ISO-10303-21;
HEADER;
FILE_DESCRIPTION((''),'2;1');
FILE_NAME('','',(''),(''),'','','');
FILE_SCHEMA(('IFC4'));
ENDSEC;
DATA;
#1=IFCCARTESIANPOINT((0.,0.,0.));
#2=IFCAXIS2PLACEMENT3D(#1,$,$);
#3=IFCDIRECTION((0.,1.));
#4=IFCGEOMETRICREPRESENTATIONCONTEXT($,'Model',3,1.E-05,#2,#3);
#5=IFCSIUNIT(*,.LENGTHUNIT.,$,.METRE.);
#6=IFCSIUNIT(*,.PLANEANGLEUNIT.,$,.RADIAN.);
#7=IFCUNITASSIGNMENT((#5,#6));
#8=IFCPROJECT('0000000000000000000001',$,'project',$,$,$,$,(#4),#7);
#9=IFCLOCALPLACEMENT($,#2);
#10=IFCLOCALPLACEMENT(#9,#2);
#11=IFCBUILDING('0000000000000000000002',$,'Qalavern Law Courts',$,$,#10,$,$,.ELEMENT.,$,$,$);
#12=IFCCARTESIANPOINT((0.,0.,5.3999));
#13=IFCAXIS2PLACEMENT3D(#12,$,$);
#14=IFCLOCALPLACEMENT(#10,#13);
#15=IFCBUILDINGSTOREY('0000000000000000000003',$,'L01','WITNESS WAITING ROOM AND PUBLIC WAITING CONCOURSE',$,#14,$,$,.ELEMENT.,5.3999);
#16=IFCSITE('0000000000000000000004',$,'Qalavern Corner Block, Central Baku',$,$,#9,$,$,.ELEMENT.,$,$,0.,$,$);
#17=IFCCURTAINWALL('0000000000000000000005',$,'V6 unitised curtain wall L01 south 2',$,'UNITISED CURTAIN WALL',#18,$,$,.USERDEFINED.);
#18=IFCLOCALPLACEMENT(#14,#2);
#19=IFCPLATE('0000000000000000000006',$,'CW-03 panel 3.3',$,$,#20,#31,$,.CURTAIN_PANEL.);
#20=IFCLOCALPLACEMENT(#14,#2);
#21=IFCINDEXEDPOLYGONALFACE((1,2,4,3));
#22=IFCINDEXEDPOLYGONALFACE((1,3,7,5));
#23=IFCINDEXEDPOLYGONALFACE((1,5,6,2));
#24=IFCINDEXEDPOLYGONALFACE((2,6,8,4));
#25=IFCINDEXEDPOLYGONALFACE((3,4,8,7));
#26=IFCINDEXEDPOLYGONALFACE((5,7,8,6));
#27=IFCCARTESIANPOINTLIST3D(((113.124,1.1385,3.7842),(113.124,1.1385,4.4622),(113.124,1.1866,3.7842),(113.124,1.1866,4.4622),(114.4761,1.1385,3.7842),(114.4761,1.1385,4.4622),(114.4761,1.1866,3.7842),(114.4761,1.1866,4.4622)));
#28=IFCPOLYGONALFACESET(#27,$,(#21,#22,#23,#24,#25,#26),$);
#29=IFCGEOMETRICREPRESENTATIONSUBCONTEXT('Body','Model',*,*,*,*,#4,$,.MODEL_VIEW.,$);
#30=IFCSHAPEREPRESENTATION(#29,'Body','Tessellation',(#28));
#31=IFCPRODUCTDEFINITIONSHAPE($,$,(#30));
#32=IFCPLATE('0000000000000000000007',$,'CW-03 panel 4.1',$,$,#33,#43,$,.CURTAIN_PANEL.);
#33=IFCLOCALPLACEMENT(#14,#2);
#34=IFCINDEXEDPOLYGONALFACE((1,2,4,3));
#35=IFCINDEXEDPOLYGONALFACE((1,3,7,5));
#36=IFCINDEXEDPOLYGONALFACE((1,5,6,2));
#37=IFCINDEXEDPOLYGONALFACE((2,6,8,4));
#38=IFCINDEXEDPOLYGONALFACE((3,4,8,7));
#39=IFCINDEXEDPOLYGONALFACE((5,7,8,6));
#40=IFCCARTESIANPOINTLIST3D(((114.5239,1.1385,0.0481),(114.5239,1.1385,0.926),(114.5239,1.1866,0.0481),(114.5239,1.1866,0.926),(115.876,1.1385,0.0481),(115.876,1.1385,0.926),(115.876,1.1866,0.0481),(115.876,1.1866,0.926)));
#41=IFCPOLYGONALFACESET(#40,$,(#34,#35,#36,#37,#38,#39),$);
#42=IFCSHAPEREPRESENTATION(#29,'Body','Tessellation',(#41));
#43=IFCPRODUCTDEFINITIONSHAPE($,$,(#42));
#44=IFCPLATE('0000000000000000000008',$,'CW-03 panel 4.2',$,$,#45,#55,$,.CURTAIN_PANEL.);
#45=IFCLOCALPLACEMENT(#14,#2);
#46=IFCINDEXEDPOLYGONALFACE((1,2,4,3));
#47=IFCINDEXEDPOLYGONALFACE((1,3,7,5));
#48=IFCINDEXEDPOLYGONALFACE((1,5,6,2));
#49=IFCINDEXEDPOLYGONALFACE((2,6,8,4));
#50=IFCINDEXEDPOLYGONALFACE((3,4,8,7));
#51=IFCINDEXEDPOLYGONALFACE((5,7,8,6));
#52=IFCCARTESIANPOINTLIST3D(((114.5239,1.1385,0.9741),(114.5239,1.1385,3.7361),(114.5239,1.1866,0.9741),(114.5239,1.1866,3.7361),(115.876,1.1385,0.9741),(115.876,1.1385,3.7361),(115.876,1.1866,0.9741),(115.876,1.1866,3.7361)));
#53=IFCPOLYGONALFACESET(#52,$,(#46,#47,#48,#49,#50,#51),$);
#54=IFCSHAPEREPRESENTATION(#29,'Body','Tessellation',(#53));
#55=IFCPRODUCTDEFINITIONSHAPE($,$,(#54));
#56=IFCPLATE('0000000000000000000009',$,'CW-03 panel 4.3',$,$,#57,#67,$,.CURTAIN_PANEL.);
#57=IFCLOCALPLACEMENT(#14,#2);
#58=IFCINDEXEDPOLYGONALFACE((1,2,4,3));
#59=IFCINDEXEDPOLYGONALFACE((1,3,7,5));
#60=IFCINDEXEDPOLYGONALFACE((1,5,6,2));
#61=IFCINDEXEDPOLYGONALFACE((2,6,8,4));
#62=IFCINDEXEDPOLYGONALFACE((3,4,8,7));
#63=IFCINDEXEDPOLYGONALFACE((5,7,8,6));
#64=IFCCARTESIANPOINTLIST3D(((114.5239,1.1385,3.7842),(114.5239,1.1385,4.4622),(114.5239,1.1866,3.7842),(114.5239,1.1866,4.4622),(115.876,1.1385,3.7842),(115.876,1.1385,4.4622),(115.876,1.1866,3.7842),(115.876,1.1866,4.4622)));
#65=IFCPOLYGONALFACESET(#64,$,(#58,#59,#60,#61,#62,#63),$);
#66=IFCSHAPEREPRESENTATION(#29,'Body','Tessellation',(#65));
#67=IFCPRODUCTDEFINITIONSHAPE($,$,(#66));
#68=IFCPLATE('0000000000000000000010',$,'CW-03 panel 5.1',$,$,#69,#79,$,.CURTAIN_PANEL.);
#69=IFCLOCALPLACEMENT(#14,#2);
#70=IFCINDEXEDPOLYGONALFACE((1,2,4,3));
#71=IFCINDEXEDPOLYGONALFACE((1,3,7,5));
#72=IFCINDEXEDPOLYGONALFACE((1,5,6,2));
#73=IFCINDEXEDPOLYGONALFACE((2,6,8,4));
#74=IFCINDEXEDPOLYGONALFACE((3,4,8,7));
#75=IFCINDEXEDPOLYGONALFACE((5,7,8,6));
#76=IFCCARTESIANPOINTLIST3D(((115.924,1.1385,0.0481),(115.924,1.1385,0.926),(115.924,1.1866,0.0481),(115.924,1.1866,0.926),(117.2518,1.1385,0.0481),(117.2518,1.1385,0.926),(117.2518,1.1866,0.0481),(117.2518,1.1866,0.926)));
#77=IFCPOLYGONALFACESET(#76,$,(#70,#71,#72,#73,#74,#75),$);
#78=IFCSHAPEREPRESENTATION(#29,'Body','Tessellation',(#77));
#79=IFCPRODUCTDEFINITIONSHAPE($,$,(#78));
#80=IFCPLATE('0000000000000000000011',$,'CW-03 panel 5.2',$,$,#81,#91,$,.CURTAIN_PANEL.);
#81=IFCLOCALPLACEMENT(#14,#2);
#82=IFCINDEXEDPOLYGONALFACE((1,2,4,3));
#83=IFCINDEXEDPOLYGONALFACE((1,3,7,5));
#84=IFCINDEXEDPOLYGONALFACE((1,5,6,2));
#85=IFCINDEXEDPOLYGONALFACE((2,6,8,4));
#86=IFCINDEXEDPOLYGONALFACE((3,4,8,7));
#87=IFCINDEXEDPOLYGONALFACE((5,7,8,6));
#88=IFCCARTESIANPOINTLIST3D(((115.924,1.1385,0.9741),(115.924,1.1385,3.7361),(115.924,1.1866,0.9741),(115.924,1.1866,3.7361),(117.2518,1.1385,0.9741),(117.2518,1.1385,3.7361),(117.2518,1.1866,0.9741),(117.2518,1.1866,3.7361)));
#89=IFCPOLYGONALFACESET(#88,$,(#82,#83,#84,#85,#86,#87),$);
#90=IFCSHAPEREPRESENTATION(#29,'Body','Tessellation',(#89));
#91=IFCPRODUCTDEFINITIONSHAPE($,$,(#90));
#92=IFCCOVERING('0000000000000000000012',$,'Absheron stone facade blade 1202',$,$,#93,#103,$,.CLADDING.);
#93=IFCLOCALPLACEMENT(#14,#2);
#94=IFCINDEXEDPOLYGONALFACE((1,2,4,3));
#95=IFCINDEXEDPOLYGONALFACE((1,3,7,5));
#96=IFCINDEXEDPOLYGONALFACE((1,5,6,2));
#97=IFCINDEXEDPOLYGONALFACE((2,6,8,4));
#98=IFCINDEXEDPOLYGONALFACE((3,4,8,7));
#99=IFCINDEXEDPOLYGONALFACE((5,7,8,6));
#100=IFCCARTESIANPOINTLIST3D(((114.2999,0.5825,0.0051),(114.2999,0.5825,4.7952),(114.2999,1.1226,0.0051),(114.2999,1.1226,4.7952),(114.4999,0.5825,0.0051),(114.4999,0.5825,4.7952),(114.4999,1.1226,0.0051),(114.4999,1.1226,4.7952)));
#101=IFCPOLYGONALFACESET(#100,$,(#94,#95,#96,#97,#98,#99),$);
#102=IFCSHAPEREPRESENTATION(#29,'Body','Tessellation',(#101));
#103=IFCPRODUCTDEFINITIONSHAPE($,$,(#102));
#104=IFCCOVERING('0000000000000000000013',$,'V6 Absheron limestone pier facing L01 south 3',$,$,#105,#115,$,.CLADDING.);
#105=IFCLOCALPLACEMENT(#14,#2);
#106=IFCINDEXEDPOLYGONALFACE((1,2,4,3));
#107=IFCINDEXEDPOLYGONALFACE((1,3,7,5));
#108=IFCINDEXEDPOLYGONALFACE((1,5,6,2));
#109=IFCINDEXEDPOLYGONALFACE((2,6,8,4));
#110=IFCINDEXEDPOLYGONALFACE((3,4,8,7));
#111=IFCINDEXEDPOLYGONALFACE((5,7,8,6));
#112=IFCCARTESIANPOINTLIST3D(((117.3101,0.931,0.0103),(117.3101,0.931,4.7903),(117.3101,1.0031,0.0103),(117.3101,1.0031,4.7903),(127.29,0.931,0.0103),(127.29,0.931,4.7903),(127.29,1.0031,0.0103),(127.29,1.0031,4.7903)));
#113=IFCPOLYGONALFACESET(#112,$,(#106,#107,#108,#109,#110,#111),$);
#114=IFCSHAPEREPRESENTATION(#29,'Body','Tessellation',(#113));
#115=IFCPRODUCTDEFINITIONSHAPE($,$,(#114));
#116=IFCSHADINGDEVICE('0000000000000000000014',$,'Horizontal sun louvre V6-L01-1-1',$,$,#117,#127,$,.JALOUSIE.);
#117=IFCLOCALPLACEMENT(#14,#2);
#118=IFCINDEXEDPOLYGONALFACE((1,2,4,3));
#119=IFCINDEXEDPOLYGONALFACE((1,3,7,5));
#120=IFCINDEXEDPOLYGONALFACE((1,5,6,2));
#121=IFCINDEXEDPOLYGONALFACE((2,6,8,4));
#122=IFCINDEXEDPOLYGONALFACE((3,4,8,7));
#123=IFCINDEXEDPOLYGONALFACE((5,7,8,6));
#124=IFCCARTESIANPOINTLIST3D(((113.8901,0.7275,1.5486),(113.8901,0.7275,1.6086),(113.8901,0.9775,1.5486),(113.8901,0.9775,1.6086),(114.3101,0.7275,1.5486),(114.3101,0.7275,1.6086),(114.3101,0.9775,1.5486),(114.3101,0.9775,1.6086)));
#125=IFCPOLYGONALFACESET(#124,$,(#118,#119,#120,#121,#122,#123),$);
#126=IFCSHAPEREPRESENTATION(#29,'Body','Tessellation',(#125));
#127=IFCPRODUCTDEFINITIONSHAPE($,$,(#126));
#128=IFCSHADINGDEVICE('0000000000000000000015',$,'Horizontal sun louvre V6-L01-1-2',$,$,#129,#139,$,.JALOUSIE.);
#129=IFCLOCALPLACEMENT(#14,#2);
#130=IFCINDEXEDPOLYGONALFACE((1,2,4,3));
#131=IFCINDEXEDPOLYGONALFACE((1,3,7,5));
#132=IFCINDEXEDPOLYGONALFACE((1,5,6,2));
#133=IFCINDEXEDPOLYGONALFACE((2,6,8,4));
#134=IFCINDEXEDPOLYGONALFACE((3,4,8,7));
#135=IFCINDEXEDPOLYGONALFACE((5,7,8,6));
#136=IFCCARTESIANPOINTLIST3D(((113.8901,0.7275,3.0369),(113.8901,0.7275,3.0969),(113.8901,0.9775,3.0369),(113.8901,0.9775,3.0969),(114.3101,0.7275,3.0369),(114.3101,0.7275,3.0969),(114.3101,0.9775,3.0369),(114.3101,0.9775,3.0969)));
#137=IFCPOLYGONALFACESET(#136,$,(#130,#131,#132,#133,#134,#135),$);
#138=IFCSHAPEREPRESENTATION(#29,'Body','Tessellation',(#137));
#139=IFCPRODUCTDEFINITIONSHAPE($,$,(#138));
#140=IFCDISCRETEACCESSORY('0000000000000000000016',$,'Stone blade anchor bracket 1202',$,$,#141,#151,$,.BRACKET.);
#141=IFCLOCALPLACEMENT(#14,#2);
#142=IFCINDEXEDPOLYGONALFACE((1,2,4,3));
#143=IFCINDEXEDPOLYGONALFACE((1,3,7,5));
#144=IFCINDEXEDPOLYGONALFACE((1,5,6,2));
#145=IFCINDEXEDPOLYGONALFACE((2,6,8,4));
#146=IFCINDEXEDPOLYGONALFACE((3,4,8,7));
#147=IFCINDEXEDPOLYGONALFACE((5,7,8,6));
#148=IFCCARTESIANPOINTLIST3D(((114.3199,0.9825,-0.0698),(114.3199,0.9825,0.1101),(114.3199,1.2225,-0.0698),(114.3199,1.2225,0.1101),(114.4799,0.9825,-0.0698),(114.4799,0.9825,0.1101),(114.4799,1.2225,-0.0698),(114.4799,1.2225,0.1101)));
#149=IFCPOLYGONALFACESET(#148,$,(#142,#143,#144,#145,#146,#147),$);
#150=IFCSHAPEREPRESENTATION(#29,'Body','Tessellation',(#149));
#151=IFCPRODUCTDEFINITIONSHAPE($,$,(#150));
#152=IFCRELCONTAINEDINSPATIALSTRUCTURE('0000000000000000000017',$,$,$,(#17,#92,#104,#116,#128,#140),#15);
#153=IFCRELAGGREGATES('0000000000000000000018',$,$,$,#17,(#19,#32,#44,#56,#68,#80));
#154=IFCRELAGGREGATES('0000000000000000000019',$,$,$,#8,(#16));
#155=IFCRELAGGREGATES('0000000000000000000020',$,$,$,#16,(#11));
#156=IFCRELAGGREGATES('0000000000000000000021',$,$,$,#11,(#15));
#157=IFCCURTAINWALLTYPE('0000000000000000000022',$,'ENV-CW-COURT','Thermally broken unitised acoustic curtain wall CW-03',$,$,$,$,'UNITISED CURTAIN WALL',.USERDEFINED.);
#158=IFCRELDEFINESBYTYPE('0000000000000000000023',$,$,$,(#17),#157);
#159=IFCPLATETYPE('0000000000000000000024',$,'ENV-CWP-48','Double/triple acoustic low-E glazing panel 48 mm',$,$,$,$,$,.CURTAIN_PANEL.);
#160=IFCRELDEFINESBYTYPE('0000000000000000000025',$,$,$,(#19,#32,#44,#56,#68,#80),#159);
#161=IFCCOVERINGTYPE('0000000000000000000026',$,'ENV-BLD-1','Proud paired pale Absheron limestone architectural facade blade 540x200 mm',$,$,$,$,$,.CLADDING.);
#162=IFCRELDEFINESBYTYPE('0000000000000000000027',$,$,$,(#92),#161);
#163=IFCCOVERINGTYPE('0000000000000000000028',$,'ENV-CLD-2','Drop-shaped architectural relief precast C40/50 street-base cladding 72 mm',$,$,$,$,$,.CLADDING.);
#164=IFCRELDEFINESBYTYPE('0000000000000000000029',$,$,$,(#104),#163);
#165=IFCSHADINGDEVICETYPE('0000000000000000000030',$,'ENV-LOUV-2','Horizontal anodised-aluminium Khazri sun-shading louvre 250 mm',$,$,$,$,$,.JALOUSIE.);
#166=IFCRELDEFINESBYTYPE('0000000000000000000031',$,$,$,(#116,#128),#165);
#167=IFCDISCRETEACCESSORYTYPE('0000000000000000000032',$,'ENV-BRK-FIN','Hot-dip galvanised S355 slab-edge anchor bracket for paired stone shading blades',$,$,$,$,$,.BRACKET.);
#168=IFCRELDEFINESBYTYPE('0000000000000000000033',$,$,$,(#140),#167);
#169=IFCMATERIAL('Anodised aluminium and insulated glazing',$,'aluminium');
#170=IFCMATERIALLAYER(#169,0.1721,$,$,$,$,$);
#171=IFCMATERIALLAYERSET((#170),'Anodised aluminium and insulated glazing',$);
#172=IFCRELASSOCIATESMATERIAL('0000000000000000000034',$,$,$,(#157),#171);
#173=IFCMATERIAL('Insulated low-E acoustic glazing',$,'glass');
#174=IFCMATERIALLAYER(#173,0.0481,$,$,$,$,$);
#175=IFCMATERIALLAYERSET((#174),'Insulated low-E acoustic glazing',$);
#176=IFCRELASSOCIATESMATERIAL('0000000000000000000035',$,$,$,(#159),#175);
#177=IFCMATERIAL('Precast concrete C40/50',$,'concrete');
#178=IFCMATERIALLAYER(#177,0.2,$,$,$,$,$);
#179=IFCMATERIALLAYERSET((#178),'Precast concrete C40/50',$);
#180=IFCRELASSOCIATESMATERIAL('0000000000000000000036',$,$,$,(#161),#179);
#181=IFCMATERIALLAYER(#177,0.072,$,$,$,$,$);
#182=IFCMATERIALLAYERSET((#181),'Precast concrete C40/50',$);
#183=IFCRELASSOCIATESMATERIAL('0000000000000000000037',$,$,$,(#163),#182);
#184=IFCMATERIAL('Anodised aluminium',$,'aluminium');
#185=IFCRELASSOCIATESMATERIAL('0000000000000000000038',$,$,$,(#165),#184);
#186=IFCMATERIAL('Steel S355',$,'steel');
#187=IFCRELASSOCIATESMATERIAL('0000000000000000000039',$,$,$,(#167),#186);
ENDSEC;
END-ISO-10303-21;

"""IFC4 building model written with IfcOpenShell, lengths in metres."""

from ifc_helpers import new_model, si_unit, direction, frame, origin, origin_2d, place, context, subcontext, project, spatial, rectangle, extrude, material, layer, layer_set, type_object, element, aggregate, save


model = new_model("IFC4")

# Units and contexts
model_context = context("Model", 3, precision=1e-05, world=origin(), true_north=direction((0.0, 1.0)))
body_context = subcontext(model_context, "Body", "Model", "MODEL_VIEW")
ifc_project = project(units=[si_unit("LENGTHUNIT", "METRE"), si_unit("PLANEANGLEUNIT", "RADIAN")], contexts=[model_context])

# Site, building, storey
site_placement = place(None, origin())
site = spatial("IfcSite", under=ifc_project, at=site_placement, Name="Qalavern Corner Block, Central Baku", CompositionType="ELEMENT", RefElevation=0.0)
building_placement = place(site_placement, origin())
building = spatial("IfcBuilding", under=site, at=building_placement, Name="Qalavern Law Courts", CompositionType="ELEMENT")
storey_placement = place(building_placement, frame((0.0, 0.0, 5.3999)))
storey = spatial("IfcBuildingStorey", under=building, at=storey_placement, Name="L01", Description="WITNESS WAITING ROOM AND PUBLIC WAITING CONCOURSE", CompositionType="ELEMENT", Elevation=5.3999)

# Curtain wall, plates
ifc_material_1 = material(Name="Anodised aluminium and insulated glazing", Category="aluminium")
ifc_layer_1 = layer(ifc_material_1, 0.1721)
ifc_layer_set_1 = layer_set([ifc_layer_1], Name="Anodised aluminium and insulated glazing")
curtain_wall_type = type_object("IfcCurtainWallType", Name="ENV-CW-COURT", Description="Thermally broken unitised acoustic curtain wall CW-03", ElementType="UNITISED CURTAIN WALL", PredefinedType="USERDEFINED", material=ifc_layer_set_1)
curtain_wall_placement = place(storey_placement, origin())
curtain_wall = element("IfcCurtainWall", 1, at=curtain_wall_placement, inside=storey, type_object=curtain_wall_type, Name="V6 unitised curtain wall L01 south 2", ObjectType="UNITISED CURTAIN WALL", PredefinedType="USERDEFINED")
ifc_material_2 = material(Name="Anodised aluminium", Category="aluminium")
ifc_material_3 = material(Name="Insulated low-E acoustic glazing", Category="glass")
ifc_layer_2 = layer(ifc_material_3, 0.0481)
ifc_layer_set_2 = layer_set([ifc_layer_2], Name="Insulated low-E acoustic glazing")
plate_type = type_object("IfcPlateType", Name="ENV-CWP-48", Description="Double/triple acoustic low-E glazing panel 48 mm", PredefinedType="CURTAIN_PANEL", material=ifc_layer_set_2)
plate_1_placement = place(storey_placement, frame((113.8, 1.1626, 3.7842), z_axis=(0.0, 0.0, 1.0), x_axis=(1.0, 0.0, 0.0)))
plate_1 = element("IfcPlate", 2, at=plate_1_placement, type_object=plate_type, Name="CW-03 panel 3.3", PredefinedType="CURTAIN_PANEL", context=body_context, shape_type="SweptSolid", body=[
    extrude(rectangle(XDim=1.3521, YDim=0.0481, at=origin_2d()), origin(), (0.0, 0.0, 1.0), 0.678),
])
plate_2_placement = place(storey_placement, frame((115.2, 1.1626, 0.0481), z_axis=(0.0, 0.0, 1.0), x_axis=(1.0, 0.0, 0.0)))
plate_2 = element("IfcPlate", 3, at=plate_2_placement, type_object=plate_type, Name="CW-03 panel 4.1", PredefinedType="CURTAIN_PANEL", context=body_context, shape_type="SweptSolid", body=[
    extrude(rectangle(XDim=1.3521, YDim=0.0481, at=origin_2d()), origin(), (0.0, 0.0, 1.0), 0.8779),
])
plate_3_placement = place(storey_placement, frame((115.2, 1.1626, 0.9741), z_axis=(0.0, 0.0, 1.0), x_axis=(1.0, 0.0, 0.0)))
plate_3 = element("IfcPlate", 4, at=plate_3_placement, type_object=plate_type, Name="CW-03 panel 4.2", PredefinedType="CURTAIN_PANEL", context=body_context, shape_type="SweptSolid", body=[
    extrude(rectangle(XDim=1.3521, YDim=0.0481, at=origin_2d()), origin(), (0.0, 0.0, 1.0), 2.762),
])
plate_4_placement = place(storey_placement, frame((115.2, 1.1626, 3.7842), z_axis=(0.0, 0.0, 1.0), x_axis=(1.0, 0.0, 0.0)))
plate_4 = element("IfcPlate", 5, at=plate_4_placement, type_object=plate_type, Name="CW-03 panel 4.3", PredefinedType="CURTAIN_PANEL", context=body_context, shape_type="SweptSolid", body=[
    extrude(rectangle(XDim=1.3521, YDim=0.0481, at=origin_2d()), origin(), (0.0, 0.0, 1.0), 0.678),
])
plate_5_placement = place(storey_placement, frame((116.5879, 1.1626, 0.0481), z_axis=(0.0, 0.0, 1.0), x_axis=(1.0, 0.0, 0.0)))
plate_5 = element("IfcPlate", 6, at=plate_5_placement, type_object=plate_type, Name="CW-03 panel 5.1", PredefinedType="CURTAIN_PANEL", context=body_context, shape_type="SweptSolid", body=[
    extrude(rectangle(XDim=1.3279, YDim=0.0481, at=origin_2d()), origin(), (0.0, 0.0, 1.0), 0.8779),
])
plate_6_placement = place(storey_placement, frame((116.5879, 1.1626, 0.9741), z_axis=(0.0, 0.0, 1.0), x_axis=(1.0, 0.0, 0.0)))
plate_6 = element("IfcPlate", 7, at=plate_6_placement, type_object=plate_type, Name="CW-03 panel 5.2", PredefinedType="CURTAIN_PANEL", context=body_context, shape_type="SweptSolid", body=[
    extrude(rectangle(XDim=1.3279, YDim=0.0481, at=origin_2d()), origin(), (0.0, 0.0, 1.0), 2.762),
])
aggregate(curtain_wall, [plate_1, plate_2, plate_3, plate_4, plate_5, plate_6])

# Coverings
ifc_material_4 = material(Name="Precast concrete C40/50", Category="concrete")
ifc_layer_3 = layer(ifc_material_4, 0.2)
ifc_layer_set_3 = layer_set([ifc_layer_3], Name="Precast concrete C40/50")
covering_type_1 = type_object("IfcCoveringType", Name="ENV-BLD-1", Description="Proud paired pale Absheron limestone architectural facade blade 540x200 mm", PredefinedType="CLADDING", material=ifc_layer_set_3)
covering_1_placement = place(storey_placement, frame((114.3999, 0.8525, 0.0051), z_axis=(0.0, 0.0, 1.0), x_axis=(0.0, -1.0, 0.0)))
element("IfcCovering", 8, at=covering_1_placement, inside=storey, type_object=covering_type_1, Name="Absheron stone facade blade 1202", PredefinedType="CLADDING", context=body_context, shape_type="SweptSolid", body=[
    extrude(rectangle(XDim=0.54, YDim=0.2, at=origin_2d()), origin(), (0.0, 0.0, 1.0), 4.79),
])
ifc_layer_4 = layer(ifc_material_4, 0.072)
ifc_layer_set_4 = layer_set([ifc_layer_4], Name="Precast concrete C40/50")
covering_type_2 = type_object("IfcCoveringType", Name="ENV-CLD-2", Description="Drop-shaped architectural relief precast C40/50 street-base cladding 72 mm", PredefinedType="CLADDING", material=ifc_layer_set_4)
covering_2_placement = place(storey_placement, frame((122.3, 0.967, 0.0103), z_axis=(0.0, 0.0, 1.0), x_axis=(1.0, 0.0, 0.0)))
element("IfcCovering", 9, at=covering_2_placement, inside=storey, type_object=covering_type_2, Name="V6 Absheron limestone pier facing L01 south 3", PredefinedType="CLADDING", context=body_context, shape_type="SweptSolid", body=[
    extrude(rectangle(XDim=9.98, YDim=0.072, at=origin_2d()), origin(), (0.0, 0.0, 1.0), 4.78),
])

# Shading devices
shading_device_type = type_object("IfcShadingDeviceType", Name="ENV-LOUV-2", Description="Horizontal anodised-aluminium Khazri sun-shading louvre 250 mm", PredefinedType="JALOUSIE", material=ifc_material_2)
for number, where, z_axis, x_axis, name in (
    (10, (114.1001, 0.8525, 1.5486), (0.0, 0.0, 1.0), (1.0, 0.0, 0.0), "Horizontal sun louvre V6-L01-1-1"),
    (11, (114.1001, 0.8525, 3.0369), (0.0, 0.0, 1.0), (1.0, 0.0, 0.0), "Horizontal sun louvre V6-L01-1-2"),
):
    element("IfcShadingDevice", number, at=place(storey_placement, frame(where, z_axis=z_axis, x_axis=x_axis)), inside=storey, type_object=shading_device_type, Name=name, PredefinedType="JALOUSIE", context=body_context, shape_type="SweptSolid", body=[
        extrude(rectangle(XDim=0.4199, YDim=0.25, at=origin_2d()), origin(), (0.0, 0.0, 1.0), 0.0601),
    ])

# Discrete accessory
ifc_material_5 = material(Name="Steel S355", Category="steel")
discrete_accessory_type = type_object("IfcDiscreteAccessoryType", Name="ENV-BRK-FIN", Description="Hot-dip galvanised S355 slab-edge anchor bracket for paired stone shading blades", PredefinedType="BRACKET", material=ifc_material_5)
discrete_accessory_placement = place(storey_placement, frame((114.3999, 1.1025, -0.0698), z_axis=(0.0, 0.0, 1.0), x_axis=(0.0, -1.0, 0.0)))
element("IfcDiscreteAccessory", 12, at=discrete_accessory_placement, inside=storey, type_object=discrete_accessory_type, Name="Stone blade anchor bracket 1202", PredefinedType="BRACKET", context=body_context, shape_type="SweptSolid", body=[
    extrude(rectangle(XDim=0.24, YDim=0.1599, at=origin_2d()), origin(), (0.0, 0.0, 1.0), 0.1799),
])

save(model, "model.ifc")
